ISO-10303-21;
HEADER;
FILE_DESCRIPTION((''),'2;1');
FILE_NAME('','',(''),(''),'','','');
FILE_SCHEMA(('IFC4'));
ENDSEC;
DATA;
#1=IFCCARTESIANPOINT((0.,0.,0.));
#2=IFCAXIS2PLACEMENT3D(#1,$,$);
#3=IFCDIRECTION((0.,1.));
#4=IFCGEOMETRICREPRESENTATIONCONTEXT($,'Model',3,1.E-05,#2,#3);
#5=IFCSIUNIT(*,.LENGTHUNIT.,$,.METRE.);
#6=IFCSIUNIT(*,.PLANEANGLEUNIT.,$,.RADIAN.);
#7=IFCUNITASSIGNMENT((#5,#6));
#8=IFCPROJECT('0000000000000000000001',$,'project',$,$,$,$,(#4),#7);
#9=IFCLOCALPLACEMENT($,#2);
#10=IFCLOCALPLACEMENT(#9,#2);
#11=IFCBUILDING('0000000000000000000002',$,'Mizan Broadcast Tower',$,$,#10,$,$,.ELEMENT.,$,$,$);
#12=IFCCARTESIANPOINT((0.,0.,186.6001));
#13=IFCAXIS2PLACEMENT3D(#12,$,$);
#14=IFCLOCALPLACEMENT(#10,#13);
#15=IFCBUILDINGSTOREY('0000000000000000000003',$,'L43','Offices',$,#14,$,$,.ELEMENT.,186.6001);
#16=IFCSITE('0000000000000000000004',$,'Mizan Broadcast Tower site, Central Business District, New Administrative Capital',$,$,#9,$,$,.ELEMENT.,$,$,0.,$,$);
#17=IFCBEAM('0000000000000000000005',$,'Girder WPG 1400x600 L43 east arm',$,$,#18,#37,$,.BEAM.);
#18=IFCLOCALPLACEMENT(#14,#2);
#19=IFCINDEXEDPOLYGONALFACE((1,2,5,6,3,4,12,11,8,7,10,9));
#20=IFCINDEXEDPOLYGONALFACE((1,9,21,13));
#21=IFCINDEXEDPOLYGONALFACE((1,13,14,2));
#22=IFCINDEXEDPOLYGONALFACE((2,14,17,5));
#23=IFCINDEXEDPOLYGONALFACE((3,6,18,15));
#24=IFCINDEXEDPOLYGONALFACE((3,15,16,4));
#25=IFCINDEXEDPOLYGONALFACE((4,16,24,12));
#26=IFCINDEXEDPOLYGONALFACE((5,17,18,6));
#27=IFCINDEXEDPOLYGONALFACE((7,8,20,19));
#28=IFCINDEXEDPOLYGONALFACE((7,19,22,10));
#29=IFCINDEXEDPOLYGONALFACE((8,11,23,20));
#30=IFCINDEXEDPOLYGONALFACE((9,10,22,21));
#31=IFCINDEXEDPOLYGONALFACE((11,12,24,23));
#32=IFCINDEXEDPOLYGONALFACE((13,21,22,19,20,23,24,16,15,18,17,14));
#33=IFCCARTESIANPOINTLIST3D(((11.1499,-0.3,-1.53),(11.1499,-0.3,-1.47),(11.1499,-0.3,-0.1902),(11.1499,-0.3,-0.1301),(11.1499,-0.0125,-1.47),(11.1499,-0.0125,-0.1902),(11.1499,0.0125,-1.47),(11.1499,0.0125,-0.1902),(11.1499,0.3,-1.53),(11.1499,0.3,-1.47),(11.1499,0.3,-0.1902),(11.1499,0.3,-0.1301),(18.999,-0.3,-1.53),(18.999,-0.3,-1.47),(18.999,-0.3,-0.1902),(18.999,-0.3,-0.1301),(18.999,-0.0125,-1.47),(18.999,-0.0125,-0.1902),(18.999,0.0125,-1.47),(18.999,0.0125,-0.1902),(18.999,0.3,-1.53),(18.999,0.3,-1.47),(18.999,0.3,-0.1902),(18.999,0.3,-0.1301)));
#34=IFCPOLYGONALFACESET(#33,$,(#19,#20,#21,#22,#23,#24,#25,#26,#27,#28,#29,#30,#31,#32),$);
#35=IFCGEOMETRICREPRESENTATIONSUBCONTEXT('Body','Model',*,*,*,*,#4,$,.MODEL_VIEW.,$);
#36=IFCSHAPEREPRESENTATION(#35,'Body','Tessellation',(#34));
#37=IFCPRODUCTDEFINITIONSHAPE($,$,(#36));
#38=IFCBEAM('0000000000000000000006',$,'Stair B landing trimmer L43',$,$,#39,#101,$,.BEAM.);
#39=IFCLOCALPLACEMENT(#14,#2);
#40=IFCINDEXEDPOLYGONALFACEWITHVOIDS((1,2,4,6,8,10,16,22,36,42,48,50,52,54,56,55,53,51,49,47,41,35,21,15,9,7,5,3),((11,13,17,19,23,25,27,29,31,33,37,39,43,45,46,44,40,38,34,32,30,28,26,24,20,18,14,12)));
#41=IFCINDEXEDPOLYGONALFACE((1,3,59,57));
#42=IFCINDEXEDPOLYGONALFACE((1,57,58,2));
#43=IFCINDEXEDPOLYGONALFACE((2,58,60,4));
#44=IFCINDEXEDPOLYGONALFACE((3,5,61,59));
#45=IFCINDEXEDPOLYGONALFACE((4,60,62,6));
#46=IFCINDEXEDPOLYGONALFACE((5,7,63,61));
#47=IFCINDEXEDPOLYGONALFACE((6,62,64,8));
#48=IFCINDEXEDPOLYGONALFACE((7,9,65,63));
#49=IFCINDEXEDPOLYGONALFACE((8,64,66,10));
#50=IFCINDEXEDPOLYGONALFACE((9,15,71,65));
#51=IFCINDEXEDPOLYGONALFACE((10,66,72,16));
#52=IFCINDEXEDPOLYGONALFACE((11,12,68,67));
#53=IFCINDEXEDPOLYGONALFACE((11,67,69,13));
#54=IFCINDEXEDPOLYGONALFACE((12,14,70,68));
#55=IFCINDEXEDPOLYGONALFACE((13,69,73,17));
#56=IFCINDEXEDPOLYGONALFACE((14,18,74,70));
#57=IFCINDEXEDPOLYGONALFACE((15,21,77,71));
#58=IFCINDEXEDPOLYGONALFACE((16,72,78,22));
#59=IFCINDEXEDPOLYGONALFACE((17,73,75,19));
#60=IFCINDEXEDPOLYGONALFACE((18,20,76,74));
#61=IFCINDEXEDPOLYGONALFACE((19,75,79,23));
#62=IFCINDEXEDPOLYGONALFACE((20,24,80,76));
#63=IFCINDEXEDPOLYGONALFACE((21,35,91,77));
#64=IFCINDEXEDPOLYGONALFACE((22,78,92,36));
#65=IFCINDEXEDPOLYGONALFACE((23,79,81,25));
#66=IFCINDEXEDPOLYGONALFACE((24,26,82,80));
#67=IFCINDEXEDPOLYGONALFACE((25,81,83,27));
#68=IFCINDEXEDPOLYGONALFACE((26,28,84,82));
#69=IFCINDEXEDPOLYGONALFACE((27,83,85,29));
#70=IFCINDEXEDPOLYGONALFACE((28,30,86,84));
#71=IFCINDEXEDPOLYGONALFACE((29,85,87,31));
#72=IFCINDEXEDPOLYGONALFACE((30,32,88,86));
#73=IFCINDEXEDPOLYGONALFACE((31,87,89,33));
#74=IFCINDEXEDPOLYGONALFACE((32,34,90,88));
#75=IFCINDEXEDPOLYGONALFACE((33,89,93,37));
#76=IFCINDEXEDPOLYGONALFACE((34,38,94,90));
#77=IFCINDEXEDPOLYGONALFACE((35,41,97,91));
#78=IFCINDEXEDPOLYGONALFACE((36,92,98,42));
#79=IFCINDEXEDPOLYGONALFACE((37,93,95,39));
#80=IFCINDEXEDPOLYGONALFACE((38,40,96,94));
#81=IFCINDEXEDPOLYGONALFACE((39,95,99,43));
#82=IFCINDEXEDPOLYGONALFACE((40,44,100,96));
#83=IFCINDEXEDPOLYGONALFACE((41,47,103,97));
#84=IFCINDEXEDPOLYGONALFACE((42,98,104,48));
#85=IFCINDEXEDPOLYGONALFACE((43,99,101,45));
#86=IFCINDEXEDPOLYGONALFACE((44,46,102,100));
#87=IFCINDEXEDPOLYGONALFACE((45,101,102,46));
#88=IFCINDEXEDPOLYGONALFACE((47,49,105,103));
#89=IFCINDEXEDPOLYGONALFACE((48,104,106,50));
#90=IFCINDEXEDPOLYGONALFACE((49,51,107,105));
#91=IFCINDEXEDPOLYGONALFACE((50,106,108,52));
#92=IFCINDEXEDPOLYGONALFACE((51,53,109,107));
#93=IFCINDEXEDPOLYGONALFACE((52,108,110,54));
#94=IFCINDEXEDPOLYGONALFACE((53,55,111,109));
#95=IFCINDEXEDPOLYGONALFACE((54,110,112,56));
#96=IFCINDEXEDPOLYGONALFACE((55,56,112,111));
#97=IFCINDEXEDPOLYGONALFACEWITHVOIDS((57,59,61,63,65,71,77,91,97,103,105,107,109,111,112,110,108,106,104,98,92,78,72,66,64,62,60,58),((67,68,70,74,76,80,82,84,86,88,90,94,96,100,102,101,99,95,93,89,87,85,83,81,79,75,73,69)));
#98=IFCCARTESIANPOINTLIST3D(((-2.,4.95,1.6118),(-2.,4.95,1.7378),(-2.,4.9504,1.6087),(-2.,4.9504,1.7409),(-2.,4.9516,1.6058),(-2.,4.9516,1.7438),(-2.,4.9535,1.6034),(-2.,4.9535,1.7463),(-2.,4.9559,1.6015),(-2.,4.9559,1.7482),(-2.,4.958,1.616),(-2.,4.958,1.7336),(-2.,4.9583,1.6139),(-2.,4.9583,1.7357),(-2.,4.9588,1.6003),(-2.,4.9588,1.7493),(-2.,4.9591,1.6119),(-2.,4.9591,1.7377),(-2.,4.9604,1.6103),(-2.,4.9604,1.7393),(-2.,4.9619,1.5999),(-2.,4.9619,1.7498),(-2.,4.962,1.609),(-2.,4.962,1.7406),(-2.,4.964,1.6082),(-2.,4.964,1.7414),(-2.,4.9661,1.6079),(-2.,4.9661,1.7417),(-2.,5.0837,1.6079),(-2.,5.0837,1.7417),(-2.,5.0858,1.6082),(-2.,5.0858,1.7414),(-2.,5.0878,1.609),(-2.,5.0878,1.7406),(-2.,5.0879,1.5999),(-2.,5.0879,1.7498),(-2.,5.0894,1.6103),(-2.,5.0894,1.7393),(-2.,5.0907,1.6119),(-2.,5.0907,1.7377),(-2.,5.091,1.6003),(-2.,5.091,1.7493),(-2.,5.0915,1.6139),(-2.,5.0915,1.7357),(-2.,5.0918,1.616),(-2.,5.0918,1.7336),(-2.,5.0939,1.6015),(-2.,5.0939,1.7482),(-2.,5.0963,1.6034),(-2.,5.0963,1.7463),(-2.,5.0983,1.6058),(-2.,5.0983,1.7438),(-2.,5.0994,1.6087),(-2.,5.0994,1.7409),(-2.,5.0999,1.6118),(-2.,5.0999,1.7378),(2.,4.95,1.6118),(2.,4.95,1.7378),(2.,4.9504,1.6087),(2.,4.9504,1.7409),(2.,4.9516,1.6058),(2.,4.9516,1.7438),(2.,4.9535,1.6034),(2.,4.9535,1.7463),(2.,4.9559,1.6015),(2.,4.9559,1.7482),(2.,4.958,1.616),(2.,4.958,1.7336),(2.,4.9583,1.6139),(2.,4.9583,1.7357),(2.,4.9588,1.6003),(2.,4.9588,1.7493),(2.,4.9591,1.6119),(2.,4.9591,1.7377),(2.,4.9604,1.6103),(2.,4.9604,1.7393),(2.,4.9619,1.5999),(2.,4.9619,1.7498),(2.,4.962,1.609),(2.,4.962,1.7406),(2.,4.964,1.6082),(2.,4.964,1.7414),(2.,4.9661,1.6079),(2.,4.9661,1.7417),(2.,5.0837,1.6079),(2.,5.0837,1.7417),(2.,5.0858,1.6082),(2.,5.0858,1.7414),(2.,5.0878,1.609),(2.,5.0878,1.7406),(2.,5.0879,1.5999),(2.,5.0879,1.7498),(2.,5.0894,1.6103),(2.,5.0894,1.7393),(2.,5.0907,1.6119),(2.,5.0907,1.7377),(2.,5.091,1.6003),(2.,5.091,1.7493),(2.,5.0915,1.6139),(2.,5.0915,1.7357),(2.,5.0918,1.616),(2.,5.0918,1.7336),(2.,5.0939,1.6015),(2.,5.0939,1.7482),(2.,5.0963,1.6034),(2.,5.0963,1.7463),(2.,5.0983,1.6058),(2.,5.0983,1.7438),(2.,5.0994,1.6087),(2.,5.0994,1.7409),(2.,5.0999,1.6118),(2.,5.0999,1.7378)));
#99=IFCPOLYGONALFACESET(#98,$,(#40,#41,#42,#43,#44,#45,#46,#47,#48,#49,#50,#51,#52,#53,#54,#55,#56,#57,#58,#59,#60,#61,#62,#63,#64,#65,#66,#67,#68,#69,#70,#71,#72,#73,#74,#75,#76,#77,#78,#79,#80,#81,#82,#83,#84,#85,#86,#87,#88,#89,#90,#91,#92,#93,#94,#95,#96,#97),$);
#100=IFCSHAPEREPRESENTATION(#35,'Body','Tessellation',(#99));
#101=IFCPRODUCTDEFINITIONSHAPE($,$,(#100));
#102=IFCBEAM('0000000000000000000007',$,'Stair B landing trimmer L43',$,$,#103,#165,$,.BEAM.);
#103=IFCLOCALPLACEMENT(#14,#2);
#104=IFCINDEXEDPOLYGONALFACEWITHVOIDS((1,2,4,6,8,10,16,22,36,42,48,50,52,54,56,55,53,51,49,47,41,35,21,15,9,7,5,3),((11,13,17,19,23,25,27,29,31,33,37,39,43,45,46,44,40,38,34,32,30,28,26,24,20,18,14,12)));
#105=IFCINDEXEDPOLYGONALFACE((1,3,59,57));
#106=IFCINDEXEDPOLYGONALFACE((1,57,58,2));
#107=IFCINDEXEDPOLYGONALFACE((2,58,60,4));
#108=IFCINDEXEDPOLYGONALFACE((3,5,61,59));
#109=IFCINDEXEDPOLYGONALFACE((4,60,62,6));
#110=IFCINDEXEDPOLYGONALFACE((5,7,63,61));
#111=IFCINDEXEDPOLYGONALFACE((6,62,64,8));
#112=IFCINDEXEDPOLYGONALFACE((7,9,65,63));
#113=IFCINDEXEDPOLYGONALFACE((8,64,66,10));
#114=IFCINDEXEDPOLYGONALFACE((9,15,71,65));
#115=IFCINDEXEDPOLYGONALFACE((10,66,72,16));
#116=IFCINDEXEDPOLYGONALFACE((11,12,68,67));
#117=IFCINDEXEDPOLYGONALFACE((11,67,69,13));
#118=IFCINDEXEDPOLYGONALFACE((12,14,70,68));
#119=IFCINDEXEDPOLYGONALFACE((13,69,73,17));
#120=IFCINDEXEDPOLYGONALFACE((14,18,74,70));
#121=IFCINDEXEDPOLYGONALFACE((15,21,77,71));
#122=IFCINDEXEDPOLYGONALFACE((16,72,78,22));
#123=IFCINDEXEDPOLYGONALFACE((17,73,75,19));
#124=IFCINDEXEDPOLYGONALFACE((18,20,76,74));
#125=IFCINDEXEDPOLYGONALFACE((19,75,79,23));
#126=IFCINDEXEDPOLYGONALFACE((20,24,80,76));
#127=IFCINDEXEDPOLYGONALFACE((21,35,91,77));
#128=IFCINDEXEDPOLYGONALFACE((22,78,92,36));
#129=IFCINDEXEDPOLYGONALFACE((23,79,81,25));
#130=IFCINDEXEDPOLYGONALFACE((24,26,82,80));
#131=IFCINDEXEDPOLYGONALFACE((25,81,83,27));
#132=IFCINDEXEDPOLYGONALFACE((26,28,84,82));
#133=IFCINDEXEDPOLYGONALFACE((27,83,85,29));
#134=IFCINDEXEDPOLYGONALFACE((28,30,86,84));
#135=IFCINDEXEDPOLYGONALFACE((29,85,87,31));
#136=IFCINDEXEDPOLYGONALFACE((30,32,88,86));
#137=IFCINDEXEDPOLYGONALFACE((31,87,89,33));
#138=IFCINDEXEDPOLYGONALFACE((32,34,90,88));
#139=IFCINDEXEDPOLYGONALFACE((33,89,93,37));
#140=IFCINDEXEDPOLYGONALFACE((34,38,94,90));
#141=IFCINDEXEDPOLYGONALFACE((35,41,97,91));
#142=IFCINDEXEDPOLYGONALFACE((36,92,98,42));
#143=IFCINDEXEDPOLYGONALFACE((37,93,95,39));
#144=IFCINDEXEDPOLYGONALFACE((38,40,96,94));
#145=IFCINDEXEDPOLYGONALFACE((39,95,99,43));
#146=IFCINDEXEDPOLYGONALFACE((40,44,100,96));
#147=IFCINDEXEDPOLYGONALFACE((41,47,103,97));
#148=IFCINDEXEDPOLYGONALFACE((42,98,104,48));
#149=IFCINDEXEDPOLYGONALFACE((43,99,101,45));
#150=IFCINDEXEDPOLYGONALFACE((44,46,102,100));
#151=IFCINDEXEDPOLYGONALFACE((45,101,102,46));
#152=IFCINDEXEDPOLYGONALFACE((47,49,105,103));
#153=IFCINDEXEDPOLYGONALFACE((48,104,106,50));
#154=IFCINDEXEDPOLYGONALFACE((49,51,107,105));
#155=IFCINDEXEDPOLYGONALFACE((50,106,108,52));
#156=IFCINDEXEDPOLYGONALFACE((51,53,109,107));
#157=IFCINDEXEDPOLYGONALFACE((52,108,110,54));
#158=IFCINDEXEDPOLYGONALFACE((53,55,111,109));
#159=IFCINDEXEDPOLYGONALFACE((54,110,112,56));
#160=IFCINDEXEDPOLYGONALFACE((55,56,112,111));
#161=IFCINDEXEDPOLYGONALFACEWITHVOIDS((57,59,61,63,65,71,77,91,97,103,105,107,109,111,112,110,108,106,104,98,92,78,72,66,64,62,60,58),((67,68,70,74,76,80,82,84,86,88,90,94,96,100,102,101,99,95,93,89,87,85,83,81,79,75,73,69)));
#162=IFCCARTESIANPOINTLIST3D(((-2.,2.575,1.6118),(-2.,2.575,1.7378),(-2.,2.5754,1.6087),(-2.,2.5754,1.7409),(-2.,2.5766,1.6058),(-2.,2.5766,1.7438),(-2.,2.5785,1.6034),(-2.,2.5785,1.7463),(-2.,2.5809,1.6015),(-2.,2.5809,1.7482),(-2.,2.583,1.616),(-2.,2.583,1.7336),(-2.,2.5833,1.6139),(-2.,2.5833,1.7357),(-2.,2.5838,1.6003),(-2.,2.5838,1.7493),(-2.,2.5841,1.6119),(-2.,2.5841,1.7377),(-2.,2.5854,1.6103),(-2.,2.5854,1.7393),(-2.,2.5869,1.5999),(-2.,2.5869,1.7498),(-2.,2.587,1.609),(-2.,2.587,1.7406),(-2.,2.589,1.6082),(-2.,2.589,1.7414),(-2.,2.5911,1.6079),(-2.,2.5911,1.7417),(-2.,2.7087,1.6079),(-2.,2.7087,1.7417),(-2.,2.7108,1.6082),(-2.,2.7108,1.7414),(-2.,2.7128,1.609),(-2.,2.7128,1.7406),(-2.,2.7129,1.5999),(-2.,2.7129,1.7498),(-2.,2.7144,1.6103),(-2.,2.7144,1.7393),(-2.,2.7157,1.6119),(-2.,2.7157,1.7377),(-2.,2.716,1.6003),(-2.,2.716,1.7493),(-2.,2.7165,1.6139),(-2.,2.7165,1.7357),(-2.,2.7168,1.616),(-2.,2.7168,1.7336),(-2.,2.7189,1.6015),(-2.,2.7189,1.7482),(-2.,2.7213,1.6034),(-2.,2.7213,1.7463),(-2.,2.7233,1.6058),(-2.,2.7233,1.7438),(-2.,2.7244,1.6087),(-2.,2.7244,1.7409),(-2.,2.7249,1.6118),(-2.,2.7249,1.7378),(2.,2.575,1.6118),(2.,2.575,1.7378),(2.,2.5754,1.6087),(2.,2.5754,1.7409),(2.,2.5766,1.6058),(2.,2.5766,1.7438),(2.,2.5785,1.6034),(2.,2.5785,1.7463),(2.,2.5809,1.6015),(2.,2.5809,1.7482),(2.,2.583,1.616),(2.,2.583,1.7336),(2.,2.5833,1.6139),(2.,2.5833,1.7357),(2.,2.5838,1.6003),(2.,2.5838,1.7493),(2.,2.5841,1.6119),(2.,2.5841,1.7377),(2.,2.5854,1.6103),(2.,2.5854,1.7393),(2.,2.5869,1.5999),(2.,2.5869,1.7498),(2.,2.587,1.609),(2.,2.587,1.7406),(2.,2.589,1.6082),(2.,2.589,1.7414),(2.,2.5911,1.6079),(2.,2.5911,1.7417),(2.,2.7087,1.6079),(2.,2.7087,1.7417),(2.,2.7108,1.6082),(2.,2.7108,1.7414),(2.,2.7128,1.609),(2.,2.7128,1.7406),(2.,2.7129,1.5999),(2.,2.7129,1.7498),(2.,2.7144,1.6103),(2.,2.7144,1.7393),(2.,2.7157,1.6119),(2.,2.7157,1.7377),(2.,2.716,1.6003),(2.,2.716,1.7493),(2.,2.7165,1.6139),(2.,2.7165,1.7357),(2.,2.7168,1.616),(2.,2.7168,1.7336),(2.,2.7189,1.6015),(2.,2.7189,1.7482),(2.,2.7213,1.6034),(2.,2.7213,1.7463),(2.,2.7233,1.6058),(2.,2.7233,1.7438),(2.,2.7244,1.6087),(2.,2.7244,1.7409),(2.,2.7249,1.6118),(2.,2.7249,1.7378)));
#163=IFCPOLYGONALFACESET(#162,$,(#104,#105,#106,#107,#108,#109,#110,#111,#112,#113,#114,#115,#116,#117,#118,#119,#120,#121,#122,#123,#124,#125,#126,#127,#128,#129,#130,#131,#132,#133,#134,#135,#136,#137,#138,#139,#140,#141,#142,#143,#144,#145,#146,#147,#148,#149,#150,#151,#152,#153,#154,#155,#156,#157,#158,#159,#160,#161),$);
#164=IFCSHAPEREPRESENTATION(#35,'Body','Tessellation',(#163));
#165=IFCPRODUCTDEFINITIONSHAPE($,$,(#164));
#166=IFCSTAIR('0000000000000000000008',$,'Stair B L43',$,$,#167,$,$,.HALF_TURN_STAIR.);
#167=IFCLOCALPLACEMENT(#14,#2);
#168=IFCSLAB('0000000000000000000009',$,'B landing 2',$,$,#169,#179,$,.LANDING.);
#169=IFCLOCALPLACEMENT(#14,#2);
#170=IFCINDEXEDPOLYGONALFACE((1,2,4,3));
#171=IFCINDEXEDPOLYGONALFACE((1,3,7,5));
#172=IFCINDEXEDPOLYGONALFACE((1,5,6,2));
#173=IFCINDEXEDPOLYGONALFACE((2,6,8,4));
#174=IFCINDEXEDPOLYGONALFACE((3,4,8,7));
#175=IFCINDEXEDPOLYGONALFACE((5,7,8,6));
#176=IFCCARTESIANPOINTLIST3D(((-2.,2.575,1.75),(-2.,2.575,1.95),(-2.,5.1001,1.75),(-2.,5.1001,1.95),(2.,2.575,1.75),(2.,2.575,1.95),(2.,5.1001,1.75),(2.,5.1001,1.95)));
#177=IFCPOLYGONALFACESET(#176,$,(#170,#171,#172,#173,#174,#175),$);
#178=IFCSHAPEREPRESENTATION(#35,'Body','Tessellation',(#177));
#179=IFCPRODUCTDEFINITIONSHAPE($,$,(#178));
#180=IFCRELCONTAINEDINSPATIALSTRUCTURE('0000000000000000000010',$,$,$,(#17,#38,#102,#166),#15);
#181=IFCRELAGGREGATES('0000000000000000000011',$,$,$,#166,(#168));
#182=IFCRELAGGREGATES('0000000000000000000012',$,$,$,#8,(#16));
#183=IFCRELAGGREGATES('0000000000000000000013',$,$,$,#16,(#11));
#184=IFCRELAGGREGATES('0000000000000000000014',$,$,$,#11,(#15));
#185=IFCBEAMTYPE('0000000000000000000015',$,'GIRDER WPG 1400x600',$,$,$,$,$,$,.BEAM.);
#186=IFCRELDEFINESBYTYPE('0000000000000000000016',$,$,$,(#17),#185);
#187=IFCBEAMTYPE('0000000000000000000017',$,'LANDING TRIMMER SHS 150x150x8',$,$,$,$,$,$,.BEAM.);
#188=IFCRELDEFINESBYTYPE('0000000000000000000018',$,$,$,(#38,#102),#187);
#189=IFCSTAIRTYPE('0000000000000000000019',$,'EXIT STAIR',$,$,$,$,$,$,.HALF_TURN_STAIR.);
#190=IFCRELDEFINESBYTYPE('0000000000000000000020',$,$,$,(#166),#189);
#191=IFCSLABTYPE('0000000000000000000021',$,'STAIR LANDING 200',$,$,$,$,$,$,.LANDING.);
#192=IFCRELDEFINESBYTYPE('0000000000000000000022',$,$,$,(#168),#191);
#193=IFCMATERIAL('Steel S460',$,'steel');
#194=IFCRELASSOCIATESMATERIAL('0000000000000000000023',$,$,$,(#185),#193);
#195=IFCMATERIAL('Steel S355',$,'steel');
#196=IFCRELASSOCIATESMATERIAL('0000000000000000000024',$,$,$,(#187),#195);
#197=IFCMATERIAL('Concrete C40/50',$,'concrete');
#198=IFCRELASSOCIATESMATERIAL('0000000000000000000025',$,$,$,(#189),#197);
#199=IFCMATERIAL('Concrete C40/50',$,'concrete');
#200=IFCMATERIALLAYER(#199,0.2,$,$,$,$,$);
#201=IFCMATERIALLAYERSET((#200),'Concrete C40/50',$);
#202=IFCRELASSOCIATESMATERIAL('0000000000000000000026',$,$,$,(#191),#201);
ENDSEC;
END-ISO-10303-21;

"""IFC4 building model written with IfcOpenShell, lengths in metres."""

from ifc_helpers import new_model, si_unit, direction, frame, origin, origin_2d, place, context, subcontext, project, spatial, polyline, hollow_rectangle, i_section, outline, extrude, material, layer, layer_set, material_profile, profile_set, type_object, element, aggregate, save


model = new_model("IFC4")

# Units and contexts
model_context = context("Model", 3, precision=1e-05, world=origin(), true_north=direction((0.0, 1.0)))
body_context = subcontext(model_context, "Body", "Model", "MODEL_VIEW")
ifc_project = project(units=[si_unit("LENGTHUNIT", "METRE"), si_unit("PLANEANGLEUNIT", "RADIAN")], contexts=[model_context])

# Site, building, storey
site_placement = place(None, origin())
site = spatial("IfcSite", under=ifc_project, at=site_placement, Name="Mizan Broadcast Tower site, Central Business District, New Administrative Capital", CompositionType="ELEMENT", RefElevation=0.0)
building_placement = place(site_placement, origin())
building = spatial("IfcBuilding", under=site, at=building_placement, Name="Mizan Broadcast Tower", CompositionType="ELEMENT")
storey_placement = place(building_placement, frame((0.0, 0.0, 186.6001)))
storey = spatial("IfcBuildingStorey", under=building, at=storey_placement, Name="L43", Description="Offices", CompositionType="ELEMENT", Elevation=186.6001)

# Beams
ifc_material_1 = material(Name="Steel S460", Category="steel")
ifc_material_profile_1 = material_profile(ifc_material_1, i_section(OverallWidth=0.6001, OverallDepth=1.3999, WebThickness=0.0249, FlangeThickness=0.0601, at=origin_2d()), Name="WPG 1400x600")
ifc_profile_set_1 = profile_set([ifc_material_profile_1], Name="Steel S460")
beam_type_1 = type_object("IfcBeamType", Name="GIRDER WPG 1400x600", PredefinedType="BEAM", material=ifc_profile_set_1)
beam_placement = place(storey_placement, frame((11.1499, 0.0, -0.8301), z_axis=(1.0, 0.0, 0.0), x_axis=(0.0, 1.0, 0.0)))
element("IfcBeam", 1, at=beam_placement, inside=storey, type_object=beam_type_1, Name="Girder WPG 1400x600 L43 east arm", PredefinedType="BEAM", context=body_context, shape_type="SweptSolid", body=[
    extrude(i_section(OverallWidth=0.6001, OverallDepth=1.3999, WebThickness=0.0249, FlangeThickness=0.0601, at=origin_2d()), origin(), (0.0, 0.0, 1.0), 7.8491),
])
ifc_material_2 = material(Name="Steel S355", Category="steel")
ifc_material_profile_2 = material_profile(ifc_material_2, hollow_rectangle(XDim=0.1499, YDim=0.1499, WallThickness=0.0081, InnerFilletRadius=0.0081, OuterFilletRadius=0.012, at=origin_2d()), Name="SHS 150x150x8")
ifc_profile_set_2 = profile_set([ifc_material_profile_2], Name="Steel S355")
beam_type_2 = type_object("IfcBeamType", Name="LANDING TRIMMER SHS 150x150x8", PredefinedType="BEAM", material=ifc_profile_set_2)
for number, where, z_axis, x_axis, name in (
    (2, (2.0, 5.0249, 1.6748), (-1.0, 0.0, 0.0), (0.0, -1.0, 0.0), "Stair B landing trimmer L43"),
    (3, (2.0, 2.6499, 1.6748), (-1.0, 0.0, 0.0), (0.0, -1.0, 0.0), "Stair B landing trimmer L43"),
):
    element("IfcBeam", number, at=place(storey_placement, frame(where, z_axis=z_axis, x_axis=x_axis)), inside=storey, type_object=beam_type_2, Name=name, PredefinedType="BEAM", context=body_context, shape_type="SweptSolid", body=[
        extrude(hollow_rectangle(XDim=0.1499, YDim=0.1499, WallThickness=0.0081, InnerFilletRadius=0.0081, OuterFilletRadius=0.012, at=origin_2d()), origin(), (0.0, 0.0, 1.0), 4.0),
    ])

# Stair, slab
ifc_material_3 = material(Name="Concrete C40/50", Category="concrete")
stair_type = type_object("IfcStairType", Name="EXIT STAIR", PredefinedType="HALF_TURN_STAIR", material=ifc_material_3)
stair_placement = place(storey_placement, origin())
stair = element("IfcStair", 4, at=stair_placement, inside=storey, type_object=stair_type, Name="Stair B L43", PredefinedType="HALF_TURN_STAIR")
ifc_material_4 = material(Name="Concrete C40/50", Category="concrete")
ifc_layer_1 = layer(ifc_material_4, 0.2)
ifc_layer_set_1 = layer_set([ifc_layer_1], Name="Concrete C40/50")
slab_type = type_object("IfcSlabType", Name="STAIR LANDING 200", PredefinedType="LANDING", material=ifc_layer_set_1)
slab_placement = place(storey_placement, frame((0.0, 0.0, 1.75)))
slab = element("IfcSlab", 5, at=slab_placement, type_object=slab_type, Name="B landing 2", PredefinedType="LANDING", context=body_context, shape_type="SweptSolid", body=[
    extrude(outline(polyline([(2.0, 5.1001), (2.0, 2.575), (-2.0, 2.575), (-2.0, 5.1001), (2.0, 5.1001)])), origin(), (0.0, 0.0, 1.0), 0.2),
])

aggregate(stair, [slab])

save(model, "model.ifc")
